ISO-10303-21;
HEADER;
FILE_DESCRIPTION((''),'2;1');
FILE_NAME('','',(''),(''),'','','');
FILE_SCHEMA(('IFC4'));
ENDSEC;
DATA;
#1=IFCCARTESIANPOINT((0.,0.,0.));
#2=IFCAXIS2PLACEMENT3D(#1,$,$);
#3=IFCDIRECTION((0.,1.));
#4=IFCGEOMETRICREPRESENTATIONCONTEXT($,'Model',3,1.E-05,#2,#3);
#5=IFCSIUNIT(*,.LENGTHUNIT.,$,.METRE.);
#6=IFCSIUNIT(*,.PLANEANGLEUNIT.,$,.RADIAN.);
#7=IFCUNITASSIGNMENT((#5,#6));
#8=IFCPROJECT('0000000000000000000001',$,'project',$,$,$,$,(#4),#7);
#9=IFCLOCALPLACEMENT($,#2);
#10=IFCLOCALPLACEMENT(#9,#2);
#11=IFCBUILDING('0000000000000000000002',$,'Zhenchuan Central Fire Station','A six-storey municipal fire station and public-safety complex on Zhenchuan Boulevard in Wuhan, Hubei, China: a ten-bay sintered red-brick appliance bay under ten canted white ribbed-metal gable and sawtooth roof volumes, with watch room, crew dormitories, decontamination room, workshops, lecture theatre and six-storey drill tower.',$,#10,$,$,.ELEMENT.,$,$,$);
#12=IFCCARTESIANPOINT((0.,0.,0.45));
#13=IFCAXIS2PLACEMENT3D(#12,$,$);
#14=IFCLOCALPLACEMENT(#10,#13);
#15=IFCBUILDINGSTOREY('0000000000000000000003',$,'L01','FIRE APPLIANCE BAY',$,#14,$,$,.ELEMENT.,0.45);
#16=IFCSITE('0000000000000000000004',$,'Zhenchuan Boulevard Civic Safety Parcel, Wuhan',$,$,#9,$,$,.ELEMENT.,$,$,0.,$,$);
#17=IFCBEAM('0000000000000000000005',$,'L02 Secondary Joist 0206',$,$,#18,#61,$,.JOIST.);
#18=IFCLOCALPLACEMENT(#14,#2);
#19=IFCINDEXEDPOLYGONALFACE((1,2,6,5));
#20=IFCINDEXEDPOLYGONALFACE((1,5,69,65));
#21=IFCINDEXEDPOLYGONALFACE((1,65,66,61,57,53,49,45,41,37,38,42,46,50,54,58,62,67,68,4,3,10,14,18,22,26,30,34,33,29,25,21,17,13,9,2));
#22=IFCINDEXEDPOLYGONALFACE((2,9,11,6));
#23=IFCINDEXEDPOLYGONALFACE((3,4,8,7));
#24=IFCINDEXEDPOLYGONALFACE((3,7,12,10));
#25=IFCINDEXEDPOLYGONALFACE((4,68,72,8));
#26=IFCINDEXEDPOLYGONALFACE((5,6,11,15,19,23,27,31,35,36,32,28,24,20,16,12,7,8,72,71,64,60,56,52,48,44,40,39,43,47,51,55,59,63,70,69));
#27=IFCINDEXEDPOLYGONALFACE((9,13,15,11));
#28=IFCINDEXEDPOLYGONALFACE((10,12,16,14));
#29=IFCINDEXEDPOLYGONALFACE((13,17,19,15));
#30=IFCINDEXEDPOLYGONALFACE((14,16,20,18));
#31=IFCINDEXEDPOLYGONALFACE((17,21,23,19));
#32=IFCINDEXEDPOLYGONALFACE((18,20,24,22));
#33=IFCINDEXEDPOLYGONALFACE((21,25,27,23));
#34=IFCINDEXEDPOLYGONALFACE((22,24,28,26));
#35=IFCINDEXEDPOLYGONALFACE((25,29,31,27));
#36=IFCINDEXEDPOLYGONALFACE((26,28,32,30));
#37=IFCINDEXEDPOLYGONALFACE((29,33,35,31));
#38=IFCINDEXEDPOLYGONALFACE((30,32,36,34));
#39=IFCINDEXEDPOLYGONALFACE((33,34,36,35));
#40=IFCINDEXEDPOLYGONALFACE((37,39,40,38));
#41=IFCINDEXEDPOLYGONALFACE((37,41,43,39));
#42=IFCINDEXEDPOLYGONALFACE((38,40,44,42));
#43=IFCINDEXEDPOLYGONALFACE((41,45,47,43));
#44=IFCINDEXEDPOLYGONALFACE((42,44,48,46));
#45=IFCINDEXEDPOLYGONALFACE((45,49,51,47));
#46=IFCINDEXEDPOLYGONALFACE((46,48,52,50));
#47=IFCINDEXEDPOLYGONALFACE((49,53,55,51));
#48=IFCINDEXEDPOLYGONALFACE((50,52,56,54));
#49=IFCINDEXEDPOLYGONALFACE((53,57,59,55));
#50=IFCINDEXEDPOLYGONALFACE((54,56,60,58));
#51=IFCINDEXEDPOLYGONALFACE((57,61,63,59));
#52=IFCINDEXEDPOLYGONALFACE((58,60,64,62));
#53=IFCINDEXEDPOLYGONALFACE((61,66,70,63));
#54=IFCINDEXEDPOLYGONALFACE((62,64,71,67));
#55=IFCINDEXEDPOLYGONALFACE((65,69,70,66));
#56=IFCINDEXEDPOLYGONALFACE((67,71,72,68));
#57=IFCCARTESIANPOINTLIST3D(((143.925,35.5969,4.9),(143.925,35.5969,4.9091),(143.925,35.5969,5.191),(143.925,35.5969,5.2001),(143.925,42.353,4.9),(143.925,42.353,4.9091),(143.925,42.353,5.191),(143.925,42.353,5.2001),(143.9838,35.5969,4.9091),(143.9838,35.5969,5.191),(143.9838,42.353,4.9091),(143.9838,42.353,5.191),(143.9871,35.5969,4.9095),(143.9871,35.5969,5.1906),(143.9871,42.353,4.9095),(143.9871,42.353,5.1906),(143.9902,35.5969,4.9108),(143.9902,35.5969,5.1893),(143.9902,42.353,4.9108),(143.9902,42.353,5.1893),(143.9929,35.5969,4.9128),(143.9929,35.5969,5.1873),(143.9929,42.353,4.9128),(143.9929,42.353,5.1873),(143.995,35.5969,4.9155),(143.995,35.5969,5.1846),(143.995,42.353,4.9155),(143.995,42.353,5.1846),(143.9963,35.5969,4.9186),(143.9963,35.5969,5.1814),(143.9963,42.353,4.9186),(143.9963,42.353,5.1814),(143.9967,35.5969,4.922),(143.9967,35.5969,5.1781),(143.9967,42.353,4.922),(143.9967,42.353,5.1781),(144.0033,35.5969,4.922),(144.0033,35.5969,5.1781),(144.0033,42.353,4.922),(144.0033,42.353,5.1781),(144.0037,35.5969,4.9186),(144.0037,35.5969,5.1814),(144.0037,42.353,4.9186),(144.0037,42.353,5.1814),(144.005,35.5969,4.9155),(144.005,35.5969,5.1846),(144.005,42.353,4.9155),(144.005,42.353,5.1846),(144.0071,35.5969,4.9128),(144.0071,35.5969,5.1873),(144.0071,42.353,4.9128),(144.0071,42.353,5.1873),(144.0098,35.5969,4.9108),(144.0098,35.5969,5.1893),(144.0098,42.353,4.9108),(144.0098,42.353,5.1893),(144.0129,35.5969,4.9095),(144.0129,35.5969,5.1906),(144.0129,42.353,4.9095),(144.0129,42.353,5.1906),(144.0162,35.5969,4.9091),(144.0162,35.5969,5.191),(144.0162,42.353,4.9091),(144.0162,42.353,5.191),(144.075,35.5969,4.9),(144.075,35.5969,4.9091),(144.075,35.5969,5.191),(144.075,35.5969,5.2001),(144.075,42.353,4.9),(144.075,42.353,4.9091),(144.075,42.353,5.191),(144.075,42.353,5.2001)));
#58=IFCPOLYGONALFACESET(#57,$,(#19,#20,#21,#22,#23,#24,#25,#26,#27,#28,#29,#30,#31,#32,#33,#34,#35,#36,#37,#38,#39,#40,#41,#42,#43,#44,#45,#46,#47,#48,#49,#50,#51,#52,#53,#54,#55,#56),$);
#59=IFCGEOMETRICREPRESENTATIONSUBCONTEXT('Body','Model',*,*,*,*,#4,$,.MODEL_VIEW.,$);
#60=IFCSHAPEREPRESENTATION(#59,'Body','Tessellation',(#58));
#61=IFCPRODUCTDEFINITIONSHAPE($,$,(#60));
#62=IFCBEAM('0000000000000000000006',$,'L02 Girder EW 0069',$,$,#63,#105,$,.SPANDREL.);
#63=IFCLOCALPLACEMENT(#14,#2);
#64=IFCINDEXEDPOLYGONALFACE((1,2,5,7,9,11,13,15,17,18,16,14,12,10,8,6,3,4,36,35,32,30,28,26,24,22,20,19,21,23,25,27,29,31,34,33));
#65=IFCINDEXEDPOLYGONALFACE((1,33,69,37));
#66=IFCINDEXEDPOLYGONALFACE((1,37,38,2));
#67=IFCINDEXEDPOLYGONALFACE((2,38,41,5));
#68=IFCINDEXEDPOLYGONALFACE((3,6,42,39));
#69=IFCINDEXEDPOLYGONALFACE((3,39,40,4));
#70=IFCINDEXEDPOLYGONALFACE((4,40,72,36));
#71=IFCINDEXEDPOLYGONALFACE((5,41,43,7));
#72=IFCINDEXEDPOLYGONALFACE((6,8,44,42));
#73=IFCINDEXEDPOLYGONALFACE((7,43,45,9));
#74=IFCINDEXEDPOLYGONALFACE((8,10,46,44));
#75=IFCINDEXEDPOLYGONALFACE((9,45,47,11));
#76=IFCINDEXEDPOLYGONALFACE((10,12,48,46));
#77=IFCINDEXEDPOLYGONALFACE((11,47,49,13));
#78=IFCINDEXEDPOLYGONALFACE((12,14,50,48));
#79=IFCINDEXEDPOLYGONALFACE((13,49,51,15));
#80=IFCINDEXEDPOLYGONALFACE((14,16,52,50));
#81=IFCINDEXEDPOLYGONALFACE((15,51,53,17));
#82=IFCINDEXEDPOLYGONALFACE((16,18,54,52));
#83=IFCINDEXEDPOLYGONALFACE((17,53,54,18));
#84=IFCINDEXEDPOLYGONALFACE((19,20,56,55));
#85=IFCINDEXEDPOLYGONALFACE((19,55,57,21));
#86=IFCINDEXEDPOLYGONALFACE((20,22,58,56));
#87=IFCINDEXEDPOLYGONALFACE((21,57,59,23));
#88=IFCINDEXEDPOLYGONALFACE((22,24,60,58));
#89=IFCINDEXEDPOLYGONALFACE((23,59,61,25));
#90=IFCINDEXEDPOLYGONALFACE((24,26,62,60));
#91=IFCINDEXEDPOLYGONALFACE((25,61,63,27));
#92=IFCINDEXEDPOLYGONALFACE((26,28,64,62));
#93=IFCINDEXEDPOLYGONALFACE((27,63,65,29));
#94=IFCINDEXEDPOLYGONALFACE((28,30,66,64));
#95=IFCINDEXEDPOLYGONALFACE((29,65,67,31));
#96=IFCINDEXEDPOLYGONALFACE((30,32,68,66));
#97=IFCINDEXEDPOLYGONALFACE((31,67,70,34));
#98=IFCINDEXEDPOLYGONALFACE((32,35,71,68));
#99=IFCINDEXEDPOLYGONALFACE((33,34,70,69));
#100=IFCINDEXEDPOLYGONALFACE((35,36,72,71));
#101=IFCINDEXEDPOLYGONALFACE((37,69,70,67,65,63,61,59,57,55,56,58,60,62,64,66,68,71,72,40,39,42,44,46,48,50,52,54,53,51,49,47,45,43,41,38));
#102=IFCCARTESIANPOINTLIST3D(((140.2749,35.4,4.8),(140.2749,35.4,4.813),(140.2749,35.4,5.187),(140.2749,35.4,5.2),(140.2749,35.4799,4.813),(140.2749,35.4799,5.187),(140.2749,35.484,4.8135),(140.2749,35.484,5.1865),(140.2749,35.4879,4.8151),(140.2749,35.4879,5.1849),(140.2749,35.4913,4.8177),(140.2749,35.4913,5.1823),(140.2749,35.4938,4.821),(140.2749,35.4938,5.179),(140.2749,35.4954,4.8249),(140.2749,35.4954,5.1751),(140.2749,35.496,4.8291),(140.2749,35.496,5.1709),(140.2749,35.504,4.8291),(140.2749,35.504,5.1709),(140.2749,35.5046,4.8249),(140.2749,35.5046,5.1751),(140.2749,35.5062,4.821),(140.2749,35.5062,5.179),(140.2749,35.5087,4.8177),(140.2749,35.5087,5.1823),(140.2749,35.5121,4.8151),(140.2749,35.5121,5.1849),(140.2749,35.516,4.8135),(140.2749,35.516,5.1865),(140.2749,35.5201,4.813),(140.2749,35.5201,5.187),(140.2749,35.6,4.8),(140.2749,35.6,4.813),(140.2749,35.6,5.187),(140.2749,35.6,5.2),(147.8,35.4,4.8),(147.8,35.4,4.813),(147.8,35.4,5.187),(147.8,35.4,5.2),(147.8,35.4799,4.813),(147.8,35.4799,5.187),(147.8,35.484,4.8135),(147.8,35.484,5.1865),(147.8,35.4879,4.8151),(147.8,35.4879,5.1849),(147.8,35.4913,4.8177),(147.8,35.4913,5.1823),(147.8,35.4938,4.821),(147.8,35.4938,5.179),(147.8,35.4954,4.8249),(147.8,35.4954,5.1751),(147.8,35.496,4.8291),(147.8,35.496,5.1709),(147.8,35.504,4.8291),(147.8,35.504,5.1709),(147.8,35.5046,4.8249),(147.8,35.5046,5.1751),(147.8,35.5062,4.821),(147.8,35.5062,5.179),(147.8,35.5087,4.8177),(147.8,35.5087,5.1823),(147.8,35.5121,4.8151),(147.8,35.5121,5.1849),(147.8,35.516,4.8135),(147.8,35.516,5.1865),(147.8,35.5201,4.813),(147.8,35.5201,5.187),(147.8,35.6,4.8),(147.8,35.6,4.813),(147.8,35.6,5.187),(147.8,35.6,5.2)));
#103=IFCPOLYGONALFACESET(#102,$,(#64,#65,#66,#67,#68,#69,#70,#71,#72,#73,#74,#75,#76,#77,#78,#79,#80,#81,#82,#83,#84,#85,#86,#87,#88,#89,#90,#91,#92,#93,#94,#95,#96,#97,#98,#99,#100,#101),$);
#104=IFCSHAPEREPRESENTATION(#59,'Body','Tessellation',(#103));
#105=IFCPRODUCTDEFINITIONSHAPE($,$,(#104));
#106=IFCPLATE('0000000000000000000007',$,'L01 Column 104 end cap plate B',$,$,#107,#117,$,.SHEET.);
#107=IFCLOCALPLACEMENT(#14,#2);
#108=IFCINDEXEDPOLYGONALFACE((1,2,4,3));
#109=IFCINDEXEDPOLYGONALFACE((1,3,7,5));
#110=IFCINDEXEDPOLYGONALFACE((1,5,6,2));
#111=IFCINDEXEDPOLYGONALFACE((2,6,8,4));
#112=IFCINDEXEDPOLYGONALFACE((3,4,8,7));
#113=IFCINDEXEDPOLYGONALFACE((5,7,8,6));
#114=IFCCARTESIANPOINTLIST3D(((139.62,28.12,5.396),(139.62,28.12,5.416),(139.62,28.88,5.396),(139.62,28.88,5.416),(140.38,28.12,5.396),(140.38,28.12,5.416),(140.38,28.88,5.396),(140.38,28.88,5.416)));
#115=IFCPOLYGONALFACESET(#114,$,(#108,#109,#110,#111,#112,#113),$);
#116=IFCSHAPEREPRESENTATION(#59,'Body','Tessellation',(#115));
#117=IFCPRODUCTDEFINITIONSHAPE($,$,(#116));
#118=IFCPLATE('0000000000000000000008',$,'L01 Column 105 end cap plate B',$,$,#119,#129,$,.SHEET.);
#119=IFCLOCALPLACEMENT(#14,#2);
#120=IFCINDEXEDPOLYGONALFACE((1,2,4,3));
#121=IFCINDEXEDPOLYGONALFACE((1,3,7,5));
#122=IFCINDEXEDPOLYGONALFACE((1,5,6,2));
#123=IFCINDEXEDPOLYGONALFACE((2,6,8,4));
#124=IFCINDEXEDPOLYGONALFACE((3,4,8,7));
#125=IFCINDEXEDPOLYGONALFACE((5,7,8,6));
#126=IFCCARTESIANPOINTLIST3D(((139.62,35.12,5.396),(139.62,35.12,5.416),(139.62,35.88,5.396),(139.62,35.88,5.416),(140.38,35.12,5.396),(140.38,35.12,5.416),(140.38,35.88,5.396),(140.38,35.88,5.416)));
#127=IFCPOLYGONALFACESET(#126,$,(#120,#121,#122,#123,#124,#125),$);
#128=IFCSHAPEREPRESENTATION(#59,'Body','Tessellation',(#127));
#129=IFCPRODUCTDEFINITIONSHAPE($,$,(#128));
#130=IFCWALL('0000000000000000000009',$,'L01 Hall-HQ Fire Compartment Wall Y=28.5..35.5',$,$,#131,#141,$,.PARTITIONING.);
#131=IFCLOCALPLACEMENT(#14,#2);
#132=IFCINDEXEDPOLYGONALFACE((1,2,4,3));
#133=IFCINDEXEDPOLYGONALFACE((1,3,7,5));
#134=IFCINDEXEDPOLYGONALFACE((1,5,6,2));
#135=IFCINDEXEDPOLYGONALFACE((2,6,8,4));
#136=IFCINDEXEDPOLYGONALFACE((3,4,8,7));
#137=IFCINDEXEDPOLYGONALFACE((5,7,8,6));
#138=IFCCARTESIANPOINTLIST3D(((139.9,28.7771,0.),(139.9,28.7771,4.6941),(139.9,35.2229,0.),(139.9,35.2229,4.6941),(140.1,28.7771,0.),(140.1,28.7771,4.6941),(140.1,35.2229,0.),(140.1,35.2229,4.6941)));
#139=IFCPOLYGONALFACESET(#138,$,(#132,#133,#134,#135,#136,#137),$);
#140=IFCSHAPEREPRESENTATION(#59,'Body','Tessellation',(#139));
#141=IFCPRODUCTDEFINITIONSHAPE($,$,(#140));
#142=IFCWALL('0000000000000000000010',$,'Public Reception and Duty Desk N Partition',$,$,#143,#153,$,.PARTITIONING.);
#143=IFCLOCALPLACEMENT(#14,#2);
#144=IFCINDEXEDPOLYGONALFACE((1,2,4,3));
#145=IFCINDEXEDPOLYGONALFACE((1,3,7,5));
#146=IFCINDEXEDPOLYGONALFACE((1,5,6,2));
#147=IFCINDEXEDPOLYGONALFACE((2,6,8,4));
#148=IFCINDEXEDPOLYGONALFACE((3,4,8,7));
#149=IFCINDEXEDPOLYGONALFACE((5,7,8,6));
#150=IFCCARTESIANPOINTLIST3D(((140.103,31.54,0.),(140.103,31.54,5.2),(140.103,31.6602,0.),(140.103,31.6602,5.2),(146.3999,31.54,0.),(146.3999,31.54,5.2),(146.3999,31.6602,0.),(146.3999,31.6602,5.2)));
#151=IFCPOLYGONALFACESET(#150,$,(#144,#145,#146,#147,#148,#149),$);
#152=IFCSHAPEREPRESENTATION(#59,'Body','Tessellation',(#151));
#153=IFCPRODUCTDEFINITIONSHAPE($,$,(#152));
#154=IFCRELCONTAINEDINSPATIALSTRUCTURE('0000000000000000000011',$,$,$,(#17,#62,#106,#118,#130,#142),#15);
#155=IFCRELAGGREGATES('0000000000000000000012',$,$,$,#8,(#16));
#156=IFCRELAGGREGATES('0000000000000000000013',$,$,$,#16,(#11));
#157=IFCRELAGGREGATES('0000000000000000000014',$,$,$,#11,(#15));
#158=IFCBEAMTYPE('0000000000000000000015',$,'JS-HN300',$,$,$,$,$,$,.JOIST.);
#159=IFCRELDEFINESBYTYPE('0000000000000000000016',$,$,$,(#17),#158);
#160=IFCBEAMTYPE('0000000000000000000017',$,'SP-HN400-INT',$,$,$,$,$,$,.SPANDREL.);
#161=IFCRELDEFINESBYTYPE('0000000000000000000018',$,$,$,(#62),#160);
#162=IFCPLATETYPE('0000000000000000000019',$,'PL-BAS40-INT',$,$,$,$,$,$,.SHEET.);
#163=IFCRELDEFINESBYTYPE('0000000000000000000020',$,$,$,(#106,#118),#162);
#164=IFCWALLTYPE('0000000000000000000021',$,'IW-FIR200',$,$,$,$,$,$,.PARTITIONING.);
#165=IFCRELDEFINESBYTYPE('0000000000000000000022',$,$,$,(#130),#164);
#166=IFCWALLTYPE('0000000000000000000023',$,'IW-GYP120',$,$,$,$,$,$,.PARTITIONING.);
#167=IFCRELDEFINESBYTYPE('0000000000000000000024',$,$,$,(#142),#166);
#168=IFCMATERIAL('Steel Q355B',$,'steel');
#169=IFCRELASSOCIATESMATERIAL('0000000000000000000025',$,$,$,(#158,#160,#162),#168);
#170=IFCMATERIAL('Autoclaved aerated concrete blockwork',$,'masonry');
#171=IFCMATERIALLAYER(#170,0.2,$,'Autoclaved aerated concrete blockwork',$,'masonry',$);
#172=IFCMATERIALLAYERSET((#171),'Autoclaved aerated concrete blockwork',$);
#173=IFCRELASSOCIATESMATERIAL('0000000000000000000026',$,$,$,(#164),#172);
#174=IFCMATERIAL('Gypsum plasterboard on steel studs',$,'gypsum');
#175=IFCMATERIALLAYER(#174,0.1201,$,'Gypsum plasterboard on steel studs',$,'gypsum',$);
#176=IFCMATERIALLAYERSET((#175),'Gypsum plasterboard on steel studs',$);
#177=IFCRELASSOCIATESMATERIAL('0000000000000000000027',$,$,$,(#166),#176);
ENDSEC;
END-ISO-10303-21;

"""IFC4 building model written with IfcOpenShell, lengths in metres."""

from ifc_helpers import new_model, si_unit, direction, frame, frame_2d, origin, origin_2d, place, context, subcontext, project, spatial, rectangle, i_section, extrude, material, layer, layer_set, material_profile, profile_set, type_object, element, save


model = new_model("IFC4")

# Units and contexts
model_context = context("Model", 3, precision=1e-05, world=origin(), true_north=direction((0.0, 1.0)))
body_context = subcontext(model_context, "Body", "Model", "MODEL_VIEW")
ifc_project = project(units=[si_unit("LENGTHUNIT", "METRE"), si_unit("PLANEANGLEUNIT", "RADIAN")], contexts=[model_context])

# Site, building, storey
site_placement = place(None, origin())
site = spatial("IfcSite", under=ifc_project, at=site_placement, Name="Zhenchuan Boulevard Civic Safety Parcel, Wuhan", CompositionType="ELEMENT", RefElevation=0.0)
building_placement = place(site_placement, origin())
building = spatial("IfcBuilding", under=site, at=building_placement, Name="Zhenchuan Central Fire Station", Description="A six-storey municipal fire station and public-safety complex on Zhenchuan Boulevard in Wuhan, Hubei, China: a ten-bay sintered red-brick appliance bay under ten canted white ribbed-metal gable and sawtooth roof volumes, with watch room, crew dormitories, decontamination room, workshops, lecture theatre and six-storey drill tower.", CompositionType="ELEMENT")
storey_placement = place(building_placement, frame((0.0, 0.0, 0.45)))
storey = spatial("IfcBuildingStorey", under=building, at=storey_placement, Name="L01", Description="FIRE APPLIANCE BAY", CompositionType="ELEMENT", Elevation=0.45)

# Shared definitions
ifc_material_1 = material(Name="Steel Q355B", Category="steel")

# Beams
ifc_material_profile_1 = material_profile(ifc_material_1, i_section(OverallWidth=0.1499, OverallDepth=0.3, WebThickness=0.0066, FlangeThickness=0.009, FilletRadius=0.0129, at=origin_2d()), Name="HN 300x150")
ifc_profile_set_1 = profile_set([ifc_material_profile_1], Name="Steel Q355B")
beam_type_1 = type_object("IfcBeamType", Name="JS-HN300", PredefinedType="JOIST", material=ifc_profile_set_1)
for number, where, z_axis, x_axis, name in (
    (1, (144.0, 35.5969, 5.05), (0.0, 1.0, 0.0), (-1.0, 0.0, 0.0), "L02 Secondary Joist 0206"),
):
    element("IfcBeam", number, at=place(storey_placement, frame(where, z_axis=z_axis, x_axis=x_axis)), inside=storey, type_object=beam_type_1, Name=name, PredefinedType="JOIST", context=body_context, shape_type="SweptSolid", body=[
        extrude(i_section(OverallWidth=0.1499, OverallDepth=0.3, WebThickness=0.0066, FlangeThickness=0.009, FilletRadius=0.0129, at=origin_2d()), origin(), (0.0, 0.0, 1.0), 6.7561),
    ])
ifc_material_profile_2 = material_profile(ifc_material_1, i_section(OverallWidth=0.2, OverallDepth=0.3999, WebThickness=0.0081, FlangeThickness=0.0129, FilletRadius=0.0161, at=origin_2d()), Name="HN 400x200")
ifc_profile_set_2 = profile_set([ifc_material_profile_2], Name="Steel Q355B")
beam_type_2 = type_object("IfcBeamType", Name="SP-HN400-INT", PredefinedType="SPANDREL", material=ifc_profile_set_2)
beam_1_placement = place(storey_placement, frame((140.2749, 35.5, 5.0), z_axis=(1.0, 0.0, 0.0), x_axis=(0.0, 1.0, 0.0)))
element("IfcBeam", 2, at=beam_1_placement, inside=storey, type_object=beam_type_2, Name="L02 Girder EW 0069", PredefinedType="SPANDREL", context=body_context, shape_type="SweptSolid", body=[
    extrude(i_section(OverallWidth=0.2, OverallDepth=0.3999, WebThickness=0.0081, FlangeThickness=0.0129, FilletRadius=0.0161, at=origin_2d()), origin(), (0.0, 0.0, 1.0), 7.5251),
])

# Plates
ifc_material_profile_3 = material_profile(ifc_material_1, rectangle(XDim=0.76, YDim=0.76, at=origin_2d()), Name="PL 760x760x40")
ifc_profile_set_3 = profile_set([ifc_material_profile_3], Name="Steel Q355B")
plate_type = type_object("IfcPlateType", Name="PL-BAS40-INT", PredefinedType="SHEET", material=ifc_profile_set_3)
for number, where, z_axis, x_axis, name in (
    (3, (140.0, 28.5, 5.396), (0.0, 0.0, 1.0), (1.0, 0.0, 0.0), "L01 Column 104 end cap plate B"),
    (4, (140.0, 35.5, 5.396), (0.0, 0.0, 1.0), (1.0, 0.0, 0.0), "L01 Column 105 end cap plate B"),
):
    element("IfcPlate", number, at=place(storey_placement, frame(where, z_axis=z_axis, x_axis=x_axis)), inside=storey, type_object=plate_type, Name=name, PredefinedType="SHEET", context=body_context, shape_type="SweptSolid", body=[
        extrude(rectangle(XDim=0.76, YDim=0.76, at=origin_2d()), origin(), (0.0, 0.0, 1.0), 0.02),
    ])

# Walls
ifc_material_2 = material(Name="Autoclaved aerated concrete blockwork", Category="masonry")
ifc_layer_1 = layer(ifc_material_2, 0.2, Name="Autoclaved aerated concrete blockwork", Category="masonry")
ifc_layer_set_1 = layer_set([ifc_layer_1], Name="Autoclaved aerated concrete blockwork")
wall_type_1 = type_object("IfcWallType", Name="IW-FIR200", PredefinedType="PARTITIONING", material=ifc_layer_set_1)
wall_1_placement = place(storey_placement, frame((140.0, 28.7771, 0.0), z_axis=(0.0, 0.0, 1.0), x_axis=(0.0, 1.0, 0.0)))
element("IfcWall", 5, at=wall_1_placement, inside=storey, type_object=wall_type_1, Name="L01 Hall-HQ Fire Compartment Wall Y=28.5..35.5", PredefinedType="PARTITIONING", context=body_context, shape_type="SweptSolid", body=[
    extrude(rectangle(XDim=6.4458, YDim=0.2, at=frame_2d((3.2229, 0.0))), origin(), (0.0, 0.0, 1.0), 4.6941),
])
ifc_material_3 = material(Name="Gypsum plasterboard on steel studs", Category="gypsum")
ifc_layer_2 = layer(ifc_material_3, 0.1201, Name="Gypsum plasterboard on steel studs", Category="gypsum")
ifc_layer_set_2 = layer_set([ifc_layer_2], Name="Gypsum plasterboard on steel studs")
wall_type_2 = type_object("IfcWallType", Name="IW-GYP120", PredefinedType="PARTITIONING", material=ifc_layer_set_2)
wall_2_placement = place(storey_placement, frame((140.103, 31.6001, 0.0), z_axis=(0.0, 0.0, 1.0), x_axis=(1.0, 0.0, 0.0)))
element("IfcWall", 6, at=wall_2_placement, inside=storey, type_object=wall_type_2, Name="Public Reception and Duty Desk N Partition", PredefinedType="PARTITIONING", context=body_context, shape_type="SweptSolid", body=[
    extrude(rectangle(XDim=6.2969, YDim=0.1201, at=frame_2d((3.1484, 0.0))), origin(), (0.0, 0.0, 1.0), 5.2),
])

save(model, "model.ifc")
